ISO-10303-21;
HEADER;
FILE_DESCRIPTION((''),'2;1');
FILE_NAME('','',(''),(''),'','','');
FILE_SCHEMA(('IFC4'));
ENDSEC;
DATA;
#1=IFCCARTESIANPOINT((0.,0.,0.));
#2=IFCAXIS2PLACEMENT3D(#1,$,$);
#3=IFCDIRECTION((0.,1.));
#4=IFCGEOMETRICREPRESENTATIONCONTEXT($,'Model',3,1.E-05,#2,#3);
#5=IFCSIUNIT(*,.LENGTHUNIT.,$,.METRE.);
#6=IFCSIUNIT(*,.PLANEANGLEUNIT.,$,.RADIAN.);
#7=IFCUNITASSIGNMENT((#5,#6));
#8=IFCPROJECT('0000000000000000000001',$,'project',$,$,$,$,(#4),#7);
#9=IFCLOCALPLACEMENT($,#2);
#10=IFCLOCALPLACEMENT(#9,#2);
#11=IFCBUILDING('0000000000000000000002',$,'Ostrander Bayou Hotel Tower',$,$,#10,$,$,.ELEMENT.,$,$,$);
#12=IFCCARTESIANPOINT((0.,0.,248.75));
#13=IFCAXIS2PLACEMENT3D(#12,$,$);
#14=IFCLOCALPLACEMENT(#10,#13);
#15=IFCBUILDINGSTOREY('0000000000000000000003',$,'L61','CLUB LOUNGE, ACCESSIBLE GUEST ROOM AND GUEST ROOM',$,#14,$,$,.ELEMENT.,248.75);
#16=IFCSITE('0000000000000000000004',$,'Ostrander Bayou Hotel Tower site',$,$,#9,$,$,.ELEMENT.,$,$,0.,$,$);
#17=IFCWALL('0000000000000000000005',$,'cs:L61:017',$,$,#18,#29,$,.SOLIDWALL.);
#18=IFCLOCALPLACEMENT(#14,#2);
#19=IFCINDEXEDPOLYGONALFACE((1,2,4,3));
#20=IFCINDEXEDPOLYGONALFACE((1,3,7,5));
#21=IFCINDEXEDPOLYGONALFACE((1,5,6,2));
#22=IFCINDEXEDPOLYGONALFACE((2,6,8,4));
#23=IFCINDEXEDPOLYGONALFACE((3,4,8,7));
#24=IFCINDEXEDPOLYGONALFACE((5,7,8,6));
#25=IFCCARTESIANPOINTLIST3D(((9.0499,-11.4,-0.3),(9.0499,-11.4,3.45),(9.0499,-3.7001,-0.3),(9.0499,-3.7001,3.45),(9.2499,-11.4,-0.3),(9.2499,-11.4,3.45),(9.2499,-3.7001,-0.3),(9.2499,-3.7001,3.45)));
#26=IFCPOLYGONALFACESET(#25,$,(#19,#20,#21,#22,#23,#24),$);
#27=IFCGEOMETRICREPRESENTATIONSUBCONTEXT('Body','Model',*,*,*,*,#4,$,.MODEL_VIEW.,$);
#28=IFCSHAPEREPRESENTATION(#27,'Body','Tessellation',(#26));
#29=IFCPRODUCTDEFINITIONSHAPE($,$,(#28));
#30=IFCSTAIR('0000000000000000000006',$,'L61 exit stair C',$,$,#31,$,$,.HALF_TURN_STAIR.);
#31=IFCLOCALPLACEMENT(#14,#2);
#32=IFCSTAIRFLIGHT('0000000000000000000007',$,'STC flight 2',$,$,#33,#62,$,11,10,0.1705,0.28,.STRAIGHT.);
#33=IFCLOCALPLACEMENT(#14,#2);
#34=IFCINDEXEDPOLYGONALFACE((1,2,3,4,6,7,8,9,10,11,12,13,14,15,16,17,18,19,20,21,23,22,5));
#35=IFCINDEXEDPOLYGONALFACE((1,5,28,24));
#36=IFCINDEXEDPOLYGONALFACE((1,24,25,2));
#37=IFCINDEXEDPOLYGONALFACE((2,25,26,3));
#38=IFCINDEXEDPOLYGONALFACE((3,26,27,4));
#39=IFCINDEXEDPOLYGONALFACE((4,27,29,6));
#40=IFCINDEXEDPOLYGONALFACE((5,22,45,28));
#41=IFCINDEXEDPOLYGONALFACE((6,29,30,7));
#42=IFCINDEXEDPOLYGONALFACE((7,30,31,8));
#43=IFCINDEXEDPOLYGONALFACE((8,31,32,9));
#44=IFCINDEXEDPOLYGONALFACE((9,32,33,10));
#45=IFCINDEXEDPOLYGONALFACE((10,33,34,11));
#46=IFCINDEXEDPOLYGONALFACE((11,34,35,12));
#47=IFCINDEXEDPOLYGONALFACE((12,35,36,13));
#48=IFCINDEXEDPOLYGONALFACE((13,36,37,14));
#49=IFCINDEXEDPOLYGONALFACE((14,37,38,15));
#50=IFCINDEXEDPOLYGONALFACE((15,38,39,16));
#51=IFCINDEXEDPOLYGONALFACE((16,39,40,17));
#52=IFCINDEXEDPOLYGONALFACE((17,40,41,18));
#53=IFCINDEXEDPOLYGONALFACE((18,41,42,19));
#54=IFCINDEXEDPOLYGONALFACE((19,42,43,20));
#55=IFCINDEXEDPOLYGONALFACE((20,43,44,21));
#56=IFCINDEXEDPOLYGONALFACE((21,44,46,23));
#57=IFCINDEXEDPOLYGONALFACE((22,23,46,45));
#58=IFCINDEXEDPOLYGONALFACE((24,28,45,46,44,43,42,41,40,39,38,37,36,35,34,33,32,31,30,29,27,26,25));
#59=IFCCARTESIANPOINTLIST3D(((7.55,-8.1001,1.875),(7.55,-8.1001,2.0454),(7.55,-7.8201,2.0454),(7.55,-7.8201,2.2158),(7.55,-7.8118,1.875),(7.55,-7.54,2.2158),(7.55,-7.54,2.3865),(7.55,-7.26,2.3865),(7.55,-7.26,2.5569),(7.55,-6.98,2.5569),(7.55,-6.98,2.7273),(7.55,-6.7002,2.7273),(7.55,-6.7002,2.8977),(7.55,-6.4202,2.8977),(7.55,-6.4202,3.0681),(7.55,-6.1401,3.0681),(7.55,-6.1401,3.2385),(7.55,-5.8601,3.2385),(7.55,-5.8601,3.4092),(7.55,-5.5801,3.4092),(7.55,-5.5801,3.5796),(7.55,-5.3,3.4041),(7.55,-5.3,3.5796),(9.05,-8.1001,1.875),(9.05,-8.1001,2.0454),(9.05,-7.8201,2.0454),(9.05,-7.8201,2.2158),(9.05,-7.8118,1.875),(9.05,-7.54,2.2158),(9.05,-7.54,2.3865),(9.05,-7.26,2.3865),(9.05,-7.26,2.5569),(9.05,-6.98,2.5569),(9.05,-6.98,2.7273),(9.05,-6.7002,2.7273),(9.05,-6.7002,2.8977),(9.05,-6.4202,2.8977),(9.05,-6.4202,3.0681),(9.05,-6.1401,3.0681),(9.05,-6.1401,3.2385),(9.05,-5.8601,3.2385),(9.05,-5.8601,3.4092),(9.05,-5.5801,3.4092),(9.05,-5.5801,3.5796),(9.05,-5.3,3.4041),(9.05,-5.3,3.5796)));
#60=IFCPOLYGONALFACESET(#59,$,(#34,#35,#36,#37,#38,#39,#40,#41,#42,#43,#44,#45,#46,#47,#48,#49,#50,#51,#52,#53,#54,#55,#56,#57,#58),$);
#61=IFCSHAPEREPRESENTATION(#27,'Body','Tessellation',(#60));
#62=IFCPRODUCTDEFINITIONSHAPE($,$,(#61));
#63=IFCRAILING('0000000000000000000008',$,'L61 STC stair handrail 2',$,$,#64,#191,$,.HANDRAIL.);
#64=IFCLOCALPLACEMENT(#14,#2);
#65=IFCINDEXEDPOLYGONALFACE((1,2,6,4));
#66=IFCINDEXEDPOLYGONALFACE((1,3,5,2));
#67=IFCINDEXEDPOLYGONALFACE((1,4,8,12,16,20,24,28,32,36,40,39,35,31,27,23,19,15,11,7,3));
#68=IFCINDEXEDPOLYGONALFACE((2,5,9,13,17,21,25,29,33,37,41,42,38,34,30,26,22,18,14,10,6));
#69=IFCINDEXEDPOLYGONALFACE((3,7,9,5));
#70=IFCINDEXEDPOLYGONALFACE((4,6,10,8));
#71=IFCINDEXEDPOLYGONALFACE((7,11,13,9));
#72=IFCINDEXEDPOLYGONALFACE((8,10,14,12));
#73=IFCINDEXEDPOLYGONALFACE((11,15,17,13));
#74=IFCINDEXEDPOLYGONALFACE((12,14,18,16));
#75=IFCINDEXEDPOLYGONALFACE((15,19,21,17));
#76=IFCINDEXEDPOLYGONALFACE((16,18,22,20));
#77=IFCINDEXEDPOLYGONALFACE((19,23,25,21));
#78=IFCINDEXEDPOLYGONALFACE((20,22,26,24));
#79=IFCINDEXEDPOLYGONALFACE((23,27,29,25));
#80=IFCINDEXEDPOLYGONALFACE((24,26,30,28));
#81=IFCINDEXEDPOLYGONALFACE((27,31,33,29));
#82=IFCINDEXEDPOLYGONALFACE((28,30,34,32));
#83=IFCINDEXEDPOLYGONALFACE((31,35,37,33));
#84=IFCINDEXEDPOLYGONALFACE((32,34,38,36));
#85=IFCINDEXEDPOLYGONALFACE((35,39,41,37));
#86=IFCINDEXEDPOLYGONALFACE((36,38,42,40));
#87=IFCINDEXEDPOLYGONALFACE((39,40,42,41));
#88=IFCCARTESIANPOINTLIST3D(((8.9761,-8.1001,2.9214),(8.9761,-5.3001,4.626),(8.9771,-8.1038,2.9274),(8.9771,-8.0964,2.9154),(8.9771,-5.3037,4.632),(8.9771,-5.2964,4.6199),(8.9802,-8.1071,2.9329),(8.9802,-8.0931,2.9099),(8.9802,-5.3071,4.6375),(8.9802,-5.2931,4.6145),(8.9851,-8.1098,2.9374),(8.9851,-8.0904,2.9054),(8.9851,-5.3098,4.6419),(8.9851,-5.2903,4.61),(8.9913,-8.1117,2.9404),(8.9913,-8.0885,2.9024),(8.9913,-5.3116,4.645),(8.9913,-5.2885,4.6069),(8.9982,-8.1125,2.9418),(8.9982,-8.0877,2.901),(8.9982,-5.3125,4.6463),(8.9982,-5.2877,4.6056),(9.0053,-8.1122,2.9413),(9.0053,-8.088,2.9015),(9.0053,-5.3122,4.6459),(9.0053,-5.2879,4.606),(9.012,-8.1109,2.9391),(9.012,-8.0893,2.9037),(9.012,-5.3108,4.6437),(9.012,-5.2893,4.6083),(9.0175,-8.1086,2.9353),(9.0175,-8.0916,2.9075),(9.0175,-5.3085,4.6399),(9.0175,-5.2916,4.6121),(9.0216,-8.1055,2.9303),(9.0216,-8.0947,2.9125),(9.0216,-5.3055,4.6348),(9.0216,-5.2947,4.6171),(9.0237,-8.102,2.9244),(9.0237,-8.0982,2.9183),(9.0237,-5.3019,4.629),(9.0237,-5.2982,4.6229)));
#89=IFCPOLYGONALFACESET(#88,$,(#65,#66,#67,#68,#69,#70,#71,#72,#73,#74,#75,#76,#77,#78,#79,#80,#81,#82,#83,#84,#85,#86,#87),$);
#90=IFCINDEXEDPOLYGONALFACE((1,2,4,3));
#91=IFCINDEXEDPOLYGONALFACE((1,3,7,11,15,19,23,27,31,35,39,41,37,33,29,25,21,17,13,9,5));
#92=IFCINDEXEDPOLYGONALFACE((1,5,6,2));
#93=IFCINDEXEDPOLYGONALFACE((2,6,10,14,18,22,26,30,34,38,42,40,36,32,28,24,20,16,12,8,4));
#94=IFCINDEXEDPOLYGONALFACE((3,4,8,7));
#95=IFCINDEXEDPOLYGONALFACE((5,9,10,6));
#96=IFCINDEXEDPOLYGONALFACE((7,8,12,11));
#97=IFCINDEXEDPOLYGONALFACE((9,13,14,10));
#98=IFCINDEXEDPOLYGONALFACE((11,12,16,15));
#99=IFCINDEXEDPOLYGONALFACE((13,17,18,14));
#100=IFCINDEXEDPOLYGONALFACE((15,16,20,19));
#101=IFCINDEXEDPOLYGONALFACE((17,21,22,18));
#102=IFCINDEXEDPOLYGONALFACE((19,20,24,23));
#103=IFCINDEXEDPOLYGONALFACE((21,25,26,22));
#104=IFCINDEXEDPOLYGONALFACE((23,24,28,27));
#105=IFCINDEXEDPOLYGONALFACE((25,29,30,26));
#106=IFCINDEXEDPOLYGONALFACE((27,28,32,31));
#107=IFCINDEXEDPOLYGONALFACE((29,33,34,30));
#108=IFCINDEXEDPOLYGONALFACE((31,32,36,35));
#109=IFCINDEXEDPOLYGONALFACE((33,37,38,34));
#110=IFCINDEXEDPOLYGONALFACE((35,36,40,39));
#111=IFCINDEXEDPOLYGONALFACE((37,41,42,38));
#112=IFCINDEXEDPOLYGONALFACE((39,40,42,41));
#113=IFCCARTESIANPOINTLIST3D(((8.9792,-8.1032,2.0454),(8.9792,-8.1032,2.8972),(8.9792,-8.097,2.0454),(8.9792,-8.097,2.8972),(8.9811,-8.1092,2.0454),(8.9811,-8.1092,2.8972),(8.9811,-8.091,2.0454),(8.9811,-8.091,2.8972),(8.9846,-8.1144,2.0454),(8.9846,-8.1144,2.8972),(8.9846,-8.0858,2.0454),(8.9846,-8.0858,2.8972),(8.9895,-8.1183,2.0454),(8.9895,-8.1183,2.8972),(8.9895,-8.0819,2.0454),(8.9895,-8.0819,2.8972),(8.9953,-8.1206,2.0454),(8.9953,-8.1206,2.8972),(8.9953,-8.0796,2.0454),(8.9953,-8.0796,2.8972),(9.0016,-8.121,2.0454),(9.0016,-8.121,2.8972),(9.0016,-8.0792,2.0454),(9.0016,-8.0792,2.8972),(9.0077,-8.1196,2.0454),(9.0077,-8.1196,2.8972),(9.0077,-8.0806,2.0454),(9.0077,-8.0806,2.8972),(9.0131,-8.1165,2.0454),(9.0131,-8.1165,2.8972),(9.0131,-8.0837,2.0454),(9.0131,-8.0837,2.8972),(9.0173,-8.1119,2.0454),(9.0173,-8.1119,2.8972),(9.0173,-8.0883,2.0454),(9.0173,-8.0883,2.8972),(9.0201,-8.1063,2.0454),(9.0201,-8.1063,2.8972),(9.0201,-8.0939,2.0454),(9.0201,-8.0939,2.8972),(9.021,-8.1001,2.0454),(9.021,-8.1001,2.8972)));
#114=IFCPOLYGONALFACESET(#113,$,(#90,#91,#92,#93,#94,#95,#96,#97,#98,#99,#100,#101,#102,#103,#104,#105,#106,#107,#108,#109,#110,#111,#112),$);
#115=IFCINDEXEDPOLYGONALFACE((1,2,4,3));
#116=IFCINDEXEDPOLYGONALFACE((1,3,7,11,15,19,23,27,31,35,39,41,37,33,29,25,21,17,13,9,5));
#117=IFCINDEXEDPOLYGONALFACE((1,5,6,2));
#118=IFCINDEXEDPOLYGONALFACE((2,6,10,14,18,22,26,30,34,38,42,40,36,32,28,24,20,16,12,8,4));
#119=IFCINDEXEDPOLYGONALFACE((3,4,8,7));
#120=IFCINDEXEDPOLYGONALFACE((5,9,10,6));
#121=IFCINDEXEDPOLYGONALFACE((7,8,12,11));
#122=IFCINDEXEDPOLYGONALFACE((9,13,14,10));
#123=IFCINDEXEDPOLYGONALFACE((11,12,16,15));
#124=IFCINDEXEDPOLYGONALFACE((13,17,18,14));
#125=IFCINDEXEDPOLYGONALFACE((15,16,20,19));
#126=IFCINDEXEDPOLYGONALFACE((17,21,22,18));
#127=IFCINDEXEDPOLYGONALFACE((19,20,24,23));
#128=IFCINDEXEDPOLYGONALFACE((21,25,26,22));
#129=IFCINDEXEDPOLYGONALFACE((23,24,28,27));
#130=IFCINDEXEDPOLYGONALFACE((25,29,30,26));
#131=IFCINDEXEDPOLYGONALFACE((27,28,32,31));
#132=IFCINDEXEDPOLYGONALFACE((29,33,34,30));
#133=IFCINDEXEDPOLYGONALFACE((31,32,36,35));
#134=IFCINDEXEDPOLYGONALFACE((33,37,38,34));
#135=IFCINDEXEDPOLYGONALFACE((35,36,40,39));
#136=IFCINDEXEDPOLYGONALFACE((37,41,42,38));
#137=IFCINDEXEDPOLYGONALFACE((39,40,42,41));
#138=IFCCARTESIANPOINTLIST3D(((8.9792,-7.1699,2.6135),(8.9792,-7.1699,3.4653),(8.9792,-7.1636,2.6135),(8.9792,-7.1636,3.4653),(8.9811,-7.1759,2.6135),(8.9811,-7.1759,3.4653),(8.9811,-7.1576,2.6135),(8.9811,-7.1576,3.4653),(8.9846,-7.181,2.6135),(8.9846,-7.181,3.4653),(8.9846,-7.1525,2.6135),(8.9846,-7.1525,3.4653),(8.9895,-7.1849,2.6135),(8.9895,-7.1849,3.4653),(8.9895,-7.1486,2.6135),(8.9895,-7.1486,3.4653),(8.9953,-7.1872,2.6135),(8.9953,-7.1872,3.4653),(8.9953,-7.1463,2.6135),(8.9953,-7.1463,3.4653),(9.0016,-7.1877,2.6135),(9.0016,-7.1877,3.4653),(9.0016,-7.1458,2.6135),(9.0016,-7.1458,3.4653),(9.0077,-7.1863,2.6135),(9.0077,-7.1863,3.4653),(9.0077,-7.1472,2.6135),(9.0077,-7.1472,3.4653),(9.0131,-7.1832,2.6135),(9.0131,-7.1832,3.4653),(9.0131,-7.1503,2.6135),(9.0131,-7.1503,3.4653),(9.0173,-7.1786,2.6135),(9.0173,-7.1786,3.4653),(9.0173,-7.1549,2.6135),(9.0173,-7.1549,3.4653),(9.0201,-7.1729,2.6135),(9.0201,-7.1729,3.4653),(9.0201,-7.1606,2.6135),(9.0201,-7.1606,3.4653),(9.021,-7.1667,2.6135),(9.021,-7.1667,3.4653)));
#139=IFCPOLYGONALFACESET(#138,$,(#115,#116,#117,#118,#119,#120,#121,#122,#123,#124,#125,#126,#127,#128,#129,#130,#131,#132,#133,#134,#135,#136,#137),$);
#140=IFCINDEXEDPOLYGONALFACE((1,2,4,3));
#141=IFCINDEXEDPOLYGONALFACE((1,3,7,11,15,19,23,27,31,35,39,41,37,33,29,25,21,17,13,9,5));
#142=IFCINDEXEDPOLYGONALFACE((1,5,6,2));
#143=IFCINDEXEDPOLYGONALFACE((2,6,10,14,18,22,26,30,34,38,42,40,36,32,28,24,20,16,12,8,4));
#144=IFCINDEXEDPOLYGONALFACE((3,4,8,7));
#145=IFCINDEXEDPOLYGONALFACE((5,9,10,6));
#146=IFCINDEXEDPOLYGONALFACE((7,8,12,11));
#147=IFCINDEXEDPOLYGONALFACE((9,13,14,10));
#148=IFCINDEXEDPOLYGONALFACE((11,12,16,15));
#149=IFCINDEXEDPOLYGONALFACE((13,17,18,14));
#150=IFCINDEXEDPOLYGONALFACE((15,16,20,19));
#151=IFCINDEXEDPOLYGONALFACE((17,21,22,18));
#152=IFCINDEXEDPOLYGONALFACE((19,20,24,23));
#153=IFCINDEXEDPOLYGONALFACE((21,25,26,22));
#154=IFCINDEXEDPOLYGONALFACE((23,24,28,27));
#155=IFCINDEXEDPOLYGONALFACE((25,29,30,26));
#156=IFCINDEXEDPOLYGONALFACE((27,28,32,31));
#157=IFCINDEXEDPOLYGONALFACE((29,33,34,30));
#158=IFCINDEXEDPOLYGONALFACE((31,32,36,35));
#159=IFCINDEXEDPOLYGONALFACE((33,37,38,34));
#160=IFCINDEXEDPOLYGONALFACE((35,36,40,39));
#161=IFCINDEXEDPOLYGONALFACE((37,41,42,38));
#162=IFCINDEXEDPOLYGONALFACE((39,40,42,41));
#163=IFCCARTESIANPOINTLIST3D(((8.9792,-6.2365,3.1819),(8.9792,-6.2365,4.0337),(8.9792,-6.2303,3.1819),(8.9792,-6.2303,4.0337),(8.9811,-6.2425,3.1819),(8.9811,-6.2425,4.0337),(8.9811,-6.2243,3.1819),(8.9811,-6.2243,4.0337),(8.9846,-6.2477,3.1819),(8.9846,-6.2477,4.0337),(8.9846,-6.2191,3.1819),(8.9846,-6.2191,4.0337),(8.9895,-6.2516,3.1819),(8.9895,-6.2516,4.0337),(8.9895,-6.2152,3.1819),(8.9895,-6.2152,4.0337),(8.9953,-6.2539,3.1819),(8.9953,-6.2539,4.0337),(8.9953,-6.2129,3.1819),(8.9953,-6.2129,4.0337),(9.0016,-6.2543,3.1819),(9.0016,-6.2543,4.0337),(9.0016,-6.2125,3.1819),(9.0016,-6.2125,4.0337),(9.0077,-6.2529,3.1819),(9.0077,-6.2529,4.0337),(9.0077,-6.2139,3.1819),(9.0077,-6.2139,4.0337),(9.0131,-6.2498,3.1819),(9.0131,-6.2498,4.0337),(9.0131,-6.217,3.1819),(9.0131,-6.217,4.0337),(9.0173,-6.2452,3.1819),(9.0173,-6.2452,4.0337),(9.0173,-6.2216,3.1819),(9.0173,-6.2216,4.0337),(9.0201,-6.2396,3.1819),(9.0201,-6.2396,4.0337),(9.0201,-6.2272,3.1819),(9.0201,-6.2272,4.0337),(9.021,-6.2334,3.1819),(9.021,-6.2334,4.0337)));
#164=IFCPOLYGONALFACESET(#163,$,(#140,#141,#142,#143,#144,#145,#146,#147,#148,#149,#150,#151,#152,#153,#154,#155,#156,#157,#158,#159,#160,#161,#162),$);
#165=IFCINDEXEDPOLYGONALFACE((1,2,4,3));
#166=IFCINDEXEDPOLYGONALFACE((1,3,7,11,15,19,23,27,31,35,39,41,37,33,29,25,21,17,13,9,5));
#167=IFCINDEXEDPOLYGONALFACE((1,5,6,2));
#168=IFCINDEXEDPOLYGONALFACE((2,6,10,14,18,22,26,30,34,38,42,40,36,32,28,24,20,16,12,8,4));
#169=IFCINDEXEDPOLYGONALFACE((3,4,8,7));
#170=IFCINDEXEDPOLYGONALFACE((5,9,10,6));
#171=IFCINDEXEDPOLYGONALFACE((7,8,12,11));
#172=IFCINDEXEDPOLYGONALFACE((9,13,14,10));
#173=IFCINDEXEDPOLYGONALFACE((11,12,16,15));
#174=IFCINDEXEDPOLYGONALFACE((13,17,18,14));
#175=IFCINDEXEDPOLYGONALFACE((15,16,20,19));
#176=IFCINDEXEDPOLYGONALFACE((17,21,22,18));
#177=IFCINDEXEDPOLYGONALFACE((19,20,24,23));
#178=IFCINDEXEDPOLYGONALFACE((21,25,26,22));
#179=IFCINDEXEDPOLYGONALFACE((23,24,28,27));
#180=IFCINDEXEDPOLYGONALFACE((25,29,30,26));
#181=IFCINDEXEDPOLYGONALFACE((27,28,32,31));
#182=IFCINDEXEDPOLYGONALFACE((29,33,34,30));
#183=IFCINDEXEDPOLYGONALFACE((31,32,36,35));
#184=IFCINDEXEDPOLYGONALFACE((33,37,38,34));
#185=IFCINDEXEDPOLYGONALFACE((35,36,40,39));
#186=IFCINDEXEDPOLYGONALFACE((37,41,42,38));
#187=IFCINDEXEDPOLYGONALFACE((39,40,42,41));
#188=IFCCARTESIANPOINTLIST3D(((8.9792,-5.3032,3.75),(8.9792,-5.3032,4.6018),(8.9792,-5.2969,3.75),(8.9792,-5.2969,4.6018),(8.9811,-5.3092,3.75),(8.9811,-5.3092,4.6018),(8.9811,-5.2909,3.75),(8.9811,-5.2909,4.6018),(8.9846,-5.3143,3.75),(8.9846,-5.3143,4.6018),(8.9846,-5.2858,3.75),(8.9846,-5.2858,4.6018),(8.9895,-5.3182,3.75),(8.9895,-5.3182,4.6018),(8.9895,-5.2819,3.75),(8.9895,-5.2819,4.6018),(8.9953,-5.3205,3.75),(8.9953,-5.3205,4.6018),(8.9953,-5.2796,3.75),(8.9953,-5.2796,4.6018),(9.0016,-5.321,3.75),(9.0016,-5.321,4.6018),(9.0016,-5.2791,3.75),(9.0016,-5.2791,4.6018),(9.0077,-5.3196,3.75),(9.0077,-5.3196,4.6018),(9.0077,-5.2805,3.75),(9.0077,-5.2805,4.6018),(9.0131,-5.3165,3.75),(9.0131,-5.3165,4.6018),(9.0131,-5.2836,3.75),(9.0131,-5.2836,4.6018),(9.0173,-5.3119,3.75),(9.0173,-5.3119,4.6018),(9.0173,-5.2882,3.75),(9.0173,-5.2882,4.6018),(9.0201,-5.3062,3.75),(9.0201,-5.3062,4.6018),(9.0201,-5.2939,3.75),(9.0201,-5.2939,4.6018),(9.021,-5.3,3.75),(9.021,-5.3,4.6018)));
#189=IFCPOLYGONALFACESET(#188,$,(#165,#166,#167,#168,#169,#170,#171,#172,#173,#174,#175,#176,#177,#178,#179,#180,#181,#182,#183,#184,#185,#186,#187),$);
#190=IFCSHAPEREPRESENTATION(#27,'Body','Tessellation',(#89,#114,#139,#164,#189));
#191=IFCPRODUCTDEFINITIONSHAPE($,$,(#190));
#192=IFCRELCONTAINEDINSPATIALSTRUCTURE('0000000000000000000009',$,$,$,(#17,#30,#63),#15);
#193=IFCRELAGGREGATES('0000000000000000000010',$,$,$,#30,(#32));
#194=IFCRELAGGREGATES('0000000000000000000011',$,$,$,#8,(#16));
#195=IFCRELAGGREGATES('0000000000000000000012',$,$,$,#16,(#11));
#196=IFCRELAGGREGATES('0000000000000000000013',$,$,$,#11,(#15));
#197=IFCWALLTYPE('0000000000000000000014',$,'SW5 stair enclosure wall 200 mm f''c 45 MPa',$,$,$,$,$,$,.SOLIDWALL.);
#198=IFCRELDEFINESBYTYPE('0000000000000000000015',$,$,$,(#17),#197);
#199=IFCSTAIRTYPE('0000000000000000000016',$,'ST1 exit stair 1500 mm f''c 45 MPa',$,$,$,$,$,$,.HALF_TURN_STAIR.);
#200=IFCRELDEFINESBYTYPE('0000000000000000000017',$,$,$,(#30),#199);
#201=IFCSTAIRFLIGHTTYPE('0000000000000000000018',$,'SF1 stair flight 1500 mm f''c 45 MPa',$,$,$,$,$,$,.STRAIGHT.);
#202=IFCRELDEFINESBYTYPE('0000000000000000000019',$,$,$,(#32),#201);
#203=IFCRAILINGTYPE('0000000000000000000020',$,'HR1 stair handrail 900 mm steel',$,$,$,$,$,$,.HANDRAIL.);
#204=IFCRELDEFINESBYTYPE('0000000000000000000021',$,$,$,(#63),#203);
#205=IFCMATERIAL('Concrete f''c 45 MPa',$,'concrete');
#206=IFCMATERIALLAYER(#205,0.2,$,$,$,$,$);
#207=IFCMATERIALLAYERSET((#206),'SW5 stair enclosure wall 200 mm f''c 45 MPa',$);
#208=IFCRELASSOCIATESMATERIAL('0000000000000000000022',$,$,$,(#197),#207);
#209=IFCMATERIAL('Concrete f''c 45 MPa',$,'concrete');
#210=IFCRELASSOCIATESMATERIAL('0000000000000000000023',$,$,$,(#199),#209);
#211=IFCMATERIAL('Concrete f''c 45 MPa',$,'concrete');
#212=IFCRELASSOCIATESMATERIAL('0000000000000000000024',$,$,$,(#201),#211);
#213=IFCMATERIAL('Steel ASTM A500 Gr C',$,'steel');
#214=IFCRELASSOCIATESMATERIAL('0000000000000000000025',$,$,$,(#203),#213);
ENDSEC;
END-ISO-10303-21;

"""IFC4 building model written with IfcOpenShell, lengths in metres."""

from ifc_helpers import new_model, si_unit, direction, frame, frame_2d, origin, origin_2d, place, context, subcontext, project, spatial, polyline, rectangle, circle, outline, extrude, material, layer, layer_set, type_object, element, aggregate, save


model = new_model("IFC4")

# Units and contexts
model_context = context("Model", 3, precision=1e-05, world=origin(), true_north=direction((0.0, 1.0)))
body_context = subcontext(model_context, "Body", "Model", "MODEL_VIEW")
ifc_project = project(units=[si_unit("LENGTHUNIT", "METRE"), si_unit("PLANEANGLEUNIT", "RADIAN")], contexts=[model_context])

# Site, building, storey
site_placement = place(None, origin())
site = spatial("IfcSite", under=ifc_project, at=site_placement, Name="Ostrander Bayou Hotel Tower site", CompositionType="ELEMENT", RefElevation=0.0)
building_placement = place(site_placement, origin())
building = spatial("IfcBuilding", under=site, at=building_placement, Name="Ostrander Bayou Hotel Tower", CompositionType="ELEMENT")
storey_placement = place(building_placement, frame((0.0, 0.0, 248.75)))
storey = spatial("IfcBuildingStorey", under=building, at=storey_placement, Name="L61", Description="CLUB LOUNGE, ACCESSIBLE GUEST ROOM AND GUEST ROOM", CompositionType="ELEMENT", Elevation=248.75)

# Wall
ifc_material_1 = material(Name="Concrete f'c 45 MPa", Category="concrete")
ifc_layer_1 = layer(ifc_material_1, 0.2)
ifc_layer_set_1 = layer_set([ifc_layer_1], Name="SW5 stair enclosure wall 200 mm f'c 45 MPa")
wall_type_1 = type_object("IfcWallType", Name="SW5 stair enclosure wall 200 mm f'c 45 MPa", PredefinedType="SOLIDWALL", material=ifc_layer_set_1)
wall_1_placement = place(storey_placement, frame((9.1499, -3.7, -0.3), z_axis=(0.0, 0.0, 1.0), x_axis=(0.0, -1.0, 0.0)))
element("IfcWall", 1, at=wall_1_placement, inside=storey, type_object=wall_type_1, Name="cs:L61:017", PredefinedType="SOLIDWALL", context=body_context, shape_type="SweptSolid", body=[
    extrude(rectangle(XDim=7.7, YDim=0.2, at=frame_2d((3.8501, 0.0))), origin(), (0.0, 0.0, 1.0), 3.75),
])

# Stair, stair flight
ifc_material_2 = material(Name="Concrete f'c 45 MPa", Category="concrete")
stair_type = type_object("IfcStairType", Name="ST1 exit stair 1500 mm f'c 45 MPa", PredefinedType="HALF_TURN_STAIR", material=ifc_material_2)
stair_placement = place(storey_placement, origin())
stair = element("IfcStair", 2, at=stair_placement, inside=storey, type_object=stair_type, Name="L61 exit stair C", PredefinedType="HALF_TURN_STAIR")
ifc_material_3 = material(Name="Concrete f'c 45 MPa", Category="concrete")
stair_flight_type = type_object("IfcStairFlightType", Name="SF1 stair flight 1500 mm f'c 45 MPa", PredefinedType="STRAIGHT", material=ifc_material_3)
stair_flight_placement = place(storey_placement, frame((8.3, -8.1001, 1.875), z_axis=(0.0, 0.0, 1.0), x_axis=(0.0, 1.0, 0.0)))
stair_flight = element("IfcStairFlight", 3, at=stair_flight_placement, type_object=stair_flight_type, Name="STC flight 2", NumberOfRisers=11, NumberOfTreads=10, PredefinedType="STRAIGHT", RiserHeight=0.1705, TreadLength=0.28, context=body_context, shape_type="SweptSolid", body=[
    extrude(outline(polyline([(0.0, 0.0), (0.0, 0.1704), (0.28, 0.1704), (0.28, 0.3408), (0.5601, 0.3408), (0.5601, 0.5115), (0.8401, 0.5115), (0.8401, 0.6819), (1.1201, 0.6819), (1.1201, 0.8523), (1.3999, 0.8523), (1.3999, 1.0227), (1.6799, 1.0227), (1.6799, 1.1931), (1.96, 1.1931), (1.96, 1.3635), (2.24, 1.3635), (2.24, 1.5342), (2.52, 1.5342), (2.52, 1.7046), (2.8, 1.7046), (2.8, 1.875), (2.8, 1.5291), (0.2883, 0.0), (0.0, 0.0)])), frame((0.0, 0.75, 0.0), z_axis=(0.0, -1.0, 0.0), x_axis=(1.0, 0.0, 0.0)), (0.0, 0.0, 1.0), 1.5),
])
aggregate(stair, [stair_flight])

# Railing
ifc_material_4 = material(Name="Steel ASTM A500 Gr C", Category="steel")
railing_type = type_object("IfcRailingType", Name="HR1 stair handrail 900 mm steel", PredefinedType="HANDRAIL", material=ifc_material_4)
railing_placement = place(storey_placement, frame((9.0, -8.1001, 2.0454)))
element("IfcRailing", 4, at=railing_placement, inside=storey, type_object=railing_type, Name="L61 STC stair handrail 2", PredefinedType="HANDRAIL", context=body_context, shape_type="SweptSolid", body=[
    extrude(circle(Radius=0.0239, at=origin_2d()), frame((0.0, 0.0, 0.876), z_axis=(0.0, 0.85417, 0.519994), x_axis=(-1.0, 0.0, 0.0)), (0.0, 0.0, 1.0), 3.2781),
    extrude(circle(Radius=0.021, at=origin_2d()), origin(), (0.0, 0.0, 1.0), 0.8518),
    extrude(circle(Radius=0.021, at=origin_2d()), frame((0.0, 0.9333, 0.5681)), (0.0, 0.0, 1.0), 0.8518),
    extrude(circle(Radius=0.021, at=origin_2d()), frame((0.0, 1.8667, 1.1365)), (0.0, 0.0, 1.0), 0.8518),
    extrude(circle(Radius=0.021, at=origin_2d()), frame((0.0, 2.8, 1.7046)), (0.0, 0.0, 1.0), 0.8518),
])

save(model, "model.ifc")
